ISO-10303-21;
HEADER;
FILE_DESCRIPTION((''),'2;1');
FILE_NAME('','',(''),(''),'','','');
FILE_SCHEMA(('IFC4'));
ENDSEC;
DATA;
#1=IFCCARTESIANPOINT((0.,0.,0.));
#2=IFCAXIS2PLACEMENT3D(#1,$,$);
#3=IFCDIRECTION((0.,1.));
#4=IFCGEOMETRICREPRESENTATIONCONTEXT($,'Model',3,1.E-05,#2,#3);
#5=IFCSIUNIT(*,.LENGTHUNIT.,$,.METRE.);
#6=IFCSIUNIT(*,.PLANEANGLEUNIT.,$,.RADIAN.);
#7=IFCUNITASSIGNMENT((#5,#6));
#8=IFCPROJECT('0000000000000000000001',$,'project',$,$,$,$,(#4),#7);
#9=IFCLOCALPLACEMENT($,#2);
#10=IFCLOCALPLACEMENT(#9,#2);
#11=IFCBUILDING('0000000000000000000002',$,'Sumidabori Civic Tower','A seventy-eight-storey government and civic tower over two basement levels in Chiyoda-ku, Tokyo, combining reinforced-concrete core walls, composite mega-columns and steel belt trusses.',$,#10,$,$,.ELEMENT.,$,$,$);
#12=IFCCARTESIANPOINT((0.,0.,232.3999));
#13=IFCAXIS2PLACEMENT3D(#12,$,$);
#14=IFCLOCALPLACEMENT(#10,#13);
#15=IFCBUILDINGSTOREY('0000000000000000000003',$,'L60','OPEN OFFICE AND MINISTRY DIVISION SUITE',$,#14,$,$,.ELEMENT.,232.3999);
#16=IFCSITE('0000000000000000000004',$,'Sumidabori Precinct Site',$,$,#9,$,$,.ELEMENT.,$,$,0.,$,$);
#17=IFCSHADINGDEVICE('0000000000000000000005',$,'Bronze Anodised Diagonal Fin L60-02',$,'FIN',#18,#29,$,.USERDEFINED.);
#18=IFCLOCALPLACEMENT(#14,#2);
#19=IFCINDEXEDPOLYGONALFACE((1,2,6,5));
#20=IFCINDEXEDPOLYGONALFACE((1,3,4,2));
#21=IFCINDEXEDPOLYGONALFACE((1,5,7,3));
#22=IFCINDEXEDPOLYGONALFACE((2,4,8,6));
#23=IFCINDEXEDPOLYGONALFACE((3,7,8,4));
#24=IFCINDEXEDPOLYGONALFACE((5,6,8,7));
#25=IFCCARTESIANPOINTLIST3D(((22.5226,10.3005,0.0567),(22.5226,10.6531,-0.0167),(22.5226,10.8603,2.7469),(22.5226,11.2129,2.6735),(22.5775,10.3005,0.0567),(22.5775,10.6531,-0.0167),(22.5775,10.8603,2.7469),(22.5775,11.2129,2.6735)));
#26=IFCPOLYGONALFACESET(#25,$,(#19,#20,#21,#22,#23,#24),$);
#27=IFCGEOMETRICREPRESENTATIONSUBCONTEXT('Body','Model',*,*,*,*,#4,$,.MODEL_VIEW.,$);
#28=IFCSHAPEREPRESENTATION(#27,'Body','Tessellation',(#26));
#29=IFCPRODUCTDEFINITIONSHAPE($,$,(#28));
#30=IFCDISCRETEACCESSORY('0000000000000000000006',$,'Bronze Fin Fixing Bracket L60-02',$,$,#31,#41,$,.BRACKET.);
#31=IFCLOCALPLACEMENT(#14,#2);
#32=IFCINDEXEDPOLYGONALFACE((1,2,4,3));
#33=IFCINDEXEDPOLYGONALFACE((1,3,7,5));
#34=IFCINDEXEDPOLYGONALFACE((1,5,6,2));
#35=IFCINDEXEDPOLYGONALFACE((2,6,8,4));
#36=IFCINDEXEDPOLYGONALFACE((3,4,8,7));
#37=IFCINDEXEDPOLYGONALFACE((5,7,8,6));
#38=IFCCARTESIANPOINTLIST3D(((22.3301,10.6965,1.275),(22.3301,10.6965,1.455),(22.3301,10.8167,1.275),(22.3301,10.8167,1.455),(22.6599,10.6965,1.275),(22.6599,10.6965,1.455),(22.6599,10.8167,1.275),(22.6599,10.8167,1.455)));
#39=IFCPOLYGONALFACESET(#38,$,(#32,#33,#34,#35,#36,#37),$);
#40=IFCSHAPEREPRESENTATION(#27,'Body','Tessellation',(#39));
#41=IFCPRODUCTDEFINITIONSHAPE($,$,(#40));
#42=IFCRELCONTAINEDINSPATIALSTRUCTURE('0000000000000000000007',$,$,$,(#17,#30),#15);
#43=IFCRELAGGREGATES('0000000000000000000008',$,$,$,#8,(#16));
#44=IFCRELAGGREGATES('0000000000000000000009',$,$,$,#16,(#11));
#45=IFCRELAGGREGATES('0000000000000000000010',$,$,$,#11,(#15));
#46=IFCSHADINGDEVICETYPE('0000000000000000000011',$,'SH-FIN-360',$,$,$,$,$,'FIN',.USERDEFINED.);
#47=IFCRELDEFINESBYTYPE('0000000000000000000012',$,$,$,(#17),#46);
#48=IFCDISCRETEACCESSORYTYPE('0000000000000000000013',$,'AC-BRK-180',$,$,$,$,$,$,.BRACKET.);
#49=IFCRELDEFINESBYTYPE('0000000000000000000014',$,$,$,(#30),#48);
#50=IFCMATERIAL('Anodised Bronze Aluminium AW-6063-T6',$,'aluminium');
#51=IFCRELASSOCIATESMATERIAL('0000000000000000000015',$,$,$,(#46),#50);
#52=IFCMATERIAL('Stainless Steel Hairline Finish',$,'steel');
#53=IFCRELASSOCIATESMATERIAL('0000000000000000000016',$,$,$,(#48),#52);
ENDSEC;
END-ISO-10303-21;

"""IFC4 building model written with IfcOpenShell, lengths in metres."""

from ifc_helpers import new_model, si_unit, direction, frame, origin, origin_2d, place, context, subcontext, project, spatial, rectangle, extrude, source, transform, mapped, material, material_profile, profile_set, type_object, element, save


model = new_model("IFC4")

# Units and contexts
model_context = context("Model", 3, precision=1e-05, world=origin(), true_north=direction((0.0, 1.0)))
body_context = subcontext(model_context, "Body", "Model", "MODEL_VIEW")
ifc_project = project(units=[si_unit("LENGTHUNIT", "METRE"), si_unit("PLANEANGLEUNIT", "RADIAN")], contexts=[model_context])

# Site, building, storey
site_placement = place(None, origin())
site = spatial("IfcSite", under=ifc_project, at=site_placement, Name="Sumidabori Precinct Site", CompositionType="ELEMENT", RefElevation=0.0)
building_placement = place(site_placement, origin())
building = spatial("IfcBuilding", under=site, at=building_placement, Name="Sumidabori Civic Tower", Description="A seventy-eight-storey government and civic tower over two basement levels in Chiyoda-ku, Tokyo, combining reinforced-concrete core walls, composite mega-columns and steel belt trusses.", CompositionType="ELEMENT")
storey_placement = place(building_placement, frame((0.0, 0.0, 232.3999)))
storey = spatial("IfcBuildingStorey", under=building, at=storey_placement, Name="L60", Description="OPEN OFFICE AND MINISTRY DIVISION SUITE", CompositionType="ELEMENT", Elevation=232.3999)

# Shared definitions
ifc_material_1 = material(Name="Anodised Bronze Aluminium AW-6063-T6", Category="aluminium")

# Shared definitions
ifc_material_2 = material(Name="Stainless Steel Hairline Finish", Category="steel")

# Shading device
ifc_material_profile_1 = material_profile(ifc_material_1, rectangle(XDim=0.0549, YDim=0.3601, at=origin_2d()), Name="BRONZE FIN 360x55")
ifc_profile_set_1 = profile_set([ifc_material_profile_1], Name="Anodised Bronze Aluminium AW-6063-T6")
shading_device_type = type_object("IfcShadingDeviceType", Name="SH-FIN-360", ElementType="FIN", PredefinedType="USERDEFINED", material=ifc_profile_set_1)
shared_shape_1 = source(origin(), body_context, "Body", "SweptSolid", [
    extrude(rectangle(XDim=0.0549, YDim=0.3601, at=origin_2d()), origin(), (0.0, 0.0, 1.0), 2.7478),
])
shading_device_placement = place(storey_placement, frame((22.55, 10.4768, 0.02), z_axis=(0.0, 0.203731, 0.979027), x_axis=(-1.0, 0.0, 0.0)))
element("IfcShadingDevice", 1, at=shading_device_placement, inside=storey, type_object=shading_device_type, Name="Bronze Anodised Diagonal Fin L60-02", ObjectType="FIN", PredefinedType="USERDEFINED", context=body_context, shape_type="MappedRepresentation", body=[
    mapped(shared_shape_1, transform((0.0, 0.0, 0.0), x_axis=(1.0, 0.0, 0.0), y_axis=(0.0, 1.0, 0.0), z_axis=(0.0, 0.0, 1.0), scale=1.0)),
])

# Discrete accessory
ifc_material_profile_2 = material_profile(ifc_material_2, rectangle(XDim=0.1201, YDim=0.1799, at=origin_2d()), Name="STEEL BRACKET 180x120")
ifc_profile_set_2 = profile_set([ifc_material_profile_2], Name="Stainless Steel Hairline Finish")
discrete_accessory_type = type_object("IfcDiscreteAccessoryType", Name="AC-BRK-180", PredefinedType="BRACKET", material=ifc_profile_set_2)
shared_shape_2 = source(origin(), body_context, "Body", "SweptSolid", [
    extrude(rectangle(XDim=0.1201, YDim=0.1799, at=origin_2d()), origin(), (0.0, 0.0, 1.0), 0.3298),
])
discrete_accessory_placement = place(storey_placement, frame((22.3301, 10.7566, 1.365), z_axis=(1.0, 0.0, 0.0), x_axis=(0.0, 1.0, 0.0)))
element("IfcDiscreteAccessory", 2, at=discrete_accessory_placement, inside=storey, type_object=discrete_accessory_type, Name="Bronze Fin Fixing Bracket L60-02", PredefinedType="BRACKET", context=body_context, shape_type="MappedRepresentation", body=[
    mapped(shared_shape_2, transform((0.0, 0.0, 0.0), x_axis=(1.0, 0.0, 0.0), y_axis=(0.0, 1.0, 0.0), z_axis=(0.0, 0.0, 1.0), scale=1.0)),
])

save(model, "model.ifc")
